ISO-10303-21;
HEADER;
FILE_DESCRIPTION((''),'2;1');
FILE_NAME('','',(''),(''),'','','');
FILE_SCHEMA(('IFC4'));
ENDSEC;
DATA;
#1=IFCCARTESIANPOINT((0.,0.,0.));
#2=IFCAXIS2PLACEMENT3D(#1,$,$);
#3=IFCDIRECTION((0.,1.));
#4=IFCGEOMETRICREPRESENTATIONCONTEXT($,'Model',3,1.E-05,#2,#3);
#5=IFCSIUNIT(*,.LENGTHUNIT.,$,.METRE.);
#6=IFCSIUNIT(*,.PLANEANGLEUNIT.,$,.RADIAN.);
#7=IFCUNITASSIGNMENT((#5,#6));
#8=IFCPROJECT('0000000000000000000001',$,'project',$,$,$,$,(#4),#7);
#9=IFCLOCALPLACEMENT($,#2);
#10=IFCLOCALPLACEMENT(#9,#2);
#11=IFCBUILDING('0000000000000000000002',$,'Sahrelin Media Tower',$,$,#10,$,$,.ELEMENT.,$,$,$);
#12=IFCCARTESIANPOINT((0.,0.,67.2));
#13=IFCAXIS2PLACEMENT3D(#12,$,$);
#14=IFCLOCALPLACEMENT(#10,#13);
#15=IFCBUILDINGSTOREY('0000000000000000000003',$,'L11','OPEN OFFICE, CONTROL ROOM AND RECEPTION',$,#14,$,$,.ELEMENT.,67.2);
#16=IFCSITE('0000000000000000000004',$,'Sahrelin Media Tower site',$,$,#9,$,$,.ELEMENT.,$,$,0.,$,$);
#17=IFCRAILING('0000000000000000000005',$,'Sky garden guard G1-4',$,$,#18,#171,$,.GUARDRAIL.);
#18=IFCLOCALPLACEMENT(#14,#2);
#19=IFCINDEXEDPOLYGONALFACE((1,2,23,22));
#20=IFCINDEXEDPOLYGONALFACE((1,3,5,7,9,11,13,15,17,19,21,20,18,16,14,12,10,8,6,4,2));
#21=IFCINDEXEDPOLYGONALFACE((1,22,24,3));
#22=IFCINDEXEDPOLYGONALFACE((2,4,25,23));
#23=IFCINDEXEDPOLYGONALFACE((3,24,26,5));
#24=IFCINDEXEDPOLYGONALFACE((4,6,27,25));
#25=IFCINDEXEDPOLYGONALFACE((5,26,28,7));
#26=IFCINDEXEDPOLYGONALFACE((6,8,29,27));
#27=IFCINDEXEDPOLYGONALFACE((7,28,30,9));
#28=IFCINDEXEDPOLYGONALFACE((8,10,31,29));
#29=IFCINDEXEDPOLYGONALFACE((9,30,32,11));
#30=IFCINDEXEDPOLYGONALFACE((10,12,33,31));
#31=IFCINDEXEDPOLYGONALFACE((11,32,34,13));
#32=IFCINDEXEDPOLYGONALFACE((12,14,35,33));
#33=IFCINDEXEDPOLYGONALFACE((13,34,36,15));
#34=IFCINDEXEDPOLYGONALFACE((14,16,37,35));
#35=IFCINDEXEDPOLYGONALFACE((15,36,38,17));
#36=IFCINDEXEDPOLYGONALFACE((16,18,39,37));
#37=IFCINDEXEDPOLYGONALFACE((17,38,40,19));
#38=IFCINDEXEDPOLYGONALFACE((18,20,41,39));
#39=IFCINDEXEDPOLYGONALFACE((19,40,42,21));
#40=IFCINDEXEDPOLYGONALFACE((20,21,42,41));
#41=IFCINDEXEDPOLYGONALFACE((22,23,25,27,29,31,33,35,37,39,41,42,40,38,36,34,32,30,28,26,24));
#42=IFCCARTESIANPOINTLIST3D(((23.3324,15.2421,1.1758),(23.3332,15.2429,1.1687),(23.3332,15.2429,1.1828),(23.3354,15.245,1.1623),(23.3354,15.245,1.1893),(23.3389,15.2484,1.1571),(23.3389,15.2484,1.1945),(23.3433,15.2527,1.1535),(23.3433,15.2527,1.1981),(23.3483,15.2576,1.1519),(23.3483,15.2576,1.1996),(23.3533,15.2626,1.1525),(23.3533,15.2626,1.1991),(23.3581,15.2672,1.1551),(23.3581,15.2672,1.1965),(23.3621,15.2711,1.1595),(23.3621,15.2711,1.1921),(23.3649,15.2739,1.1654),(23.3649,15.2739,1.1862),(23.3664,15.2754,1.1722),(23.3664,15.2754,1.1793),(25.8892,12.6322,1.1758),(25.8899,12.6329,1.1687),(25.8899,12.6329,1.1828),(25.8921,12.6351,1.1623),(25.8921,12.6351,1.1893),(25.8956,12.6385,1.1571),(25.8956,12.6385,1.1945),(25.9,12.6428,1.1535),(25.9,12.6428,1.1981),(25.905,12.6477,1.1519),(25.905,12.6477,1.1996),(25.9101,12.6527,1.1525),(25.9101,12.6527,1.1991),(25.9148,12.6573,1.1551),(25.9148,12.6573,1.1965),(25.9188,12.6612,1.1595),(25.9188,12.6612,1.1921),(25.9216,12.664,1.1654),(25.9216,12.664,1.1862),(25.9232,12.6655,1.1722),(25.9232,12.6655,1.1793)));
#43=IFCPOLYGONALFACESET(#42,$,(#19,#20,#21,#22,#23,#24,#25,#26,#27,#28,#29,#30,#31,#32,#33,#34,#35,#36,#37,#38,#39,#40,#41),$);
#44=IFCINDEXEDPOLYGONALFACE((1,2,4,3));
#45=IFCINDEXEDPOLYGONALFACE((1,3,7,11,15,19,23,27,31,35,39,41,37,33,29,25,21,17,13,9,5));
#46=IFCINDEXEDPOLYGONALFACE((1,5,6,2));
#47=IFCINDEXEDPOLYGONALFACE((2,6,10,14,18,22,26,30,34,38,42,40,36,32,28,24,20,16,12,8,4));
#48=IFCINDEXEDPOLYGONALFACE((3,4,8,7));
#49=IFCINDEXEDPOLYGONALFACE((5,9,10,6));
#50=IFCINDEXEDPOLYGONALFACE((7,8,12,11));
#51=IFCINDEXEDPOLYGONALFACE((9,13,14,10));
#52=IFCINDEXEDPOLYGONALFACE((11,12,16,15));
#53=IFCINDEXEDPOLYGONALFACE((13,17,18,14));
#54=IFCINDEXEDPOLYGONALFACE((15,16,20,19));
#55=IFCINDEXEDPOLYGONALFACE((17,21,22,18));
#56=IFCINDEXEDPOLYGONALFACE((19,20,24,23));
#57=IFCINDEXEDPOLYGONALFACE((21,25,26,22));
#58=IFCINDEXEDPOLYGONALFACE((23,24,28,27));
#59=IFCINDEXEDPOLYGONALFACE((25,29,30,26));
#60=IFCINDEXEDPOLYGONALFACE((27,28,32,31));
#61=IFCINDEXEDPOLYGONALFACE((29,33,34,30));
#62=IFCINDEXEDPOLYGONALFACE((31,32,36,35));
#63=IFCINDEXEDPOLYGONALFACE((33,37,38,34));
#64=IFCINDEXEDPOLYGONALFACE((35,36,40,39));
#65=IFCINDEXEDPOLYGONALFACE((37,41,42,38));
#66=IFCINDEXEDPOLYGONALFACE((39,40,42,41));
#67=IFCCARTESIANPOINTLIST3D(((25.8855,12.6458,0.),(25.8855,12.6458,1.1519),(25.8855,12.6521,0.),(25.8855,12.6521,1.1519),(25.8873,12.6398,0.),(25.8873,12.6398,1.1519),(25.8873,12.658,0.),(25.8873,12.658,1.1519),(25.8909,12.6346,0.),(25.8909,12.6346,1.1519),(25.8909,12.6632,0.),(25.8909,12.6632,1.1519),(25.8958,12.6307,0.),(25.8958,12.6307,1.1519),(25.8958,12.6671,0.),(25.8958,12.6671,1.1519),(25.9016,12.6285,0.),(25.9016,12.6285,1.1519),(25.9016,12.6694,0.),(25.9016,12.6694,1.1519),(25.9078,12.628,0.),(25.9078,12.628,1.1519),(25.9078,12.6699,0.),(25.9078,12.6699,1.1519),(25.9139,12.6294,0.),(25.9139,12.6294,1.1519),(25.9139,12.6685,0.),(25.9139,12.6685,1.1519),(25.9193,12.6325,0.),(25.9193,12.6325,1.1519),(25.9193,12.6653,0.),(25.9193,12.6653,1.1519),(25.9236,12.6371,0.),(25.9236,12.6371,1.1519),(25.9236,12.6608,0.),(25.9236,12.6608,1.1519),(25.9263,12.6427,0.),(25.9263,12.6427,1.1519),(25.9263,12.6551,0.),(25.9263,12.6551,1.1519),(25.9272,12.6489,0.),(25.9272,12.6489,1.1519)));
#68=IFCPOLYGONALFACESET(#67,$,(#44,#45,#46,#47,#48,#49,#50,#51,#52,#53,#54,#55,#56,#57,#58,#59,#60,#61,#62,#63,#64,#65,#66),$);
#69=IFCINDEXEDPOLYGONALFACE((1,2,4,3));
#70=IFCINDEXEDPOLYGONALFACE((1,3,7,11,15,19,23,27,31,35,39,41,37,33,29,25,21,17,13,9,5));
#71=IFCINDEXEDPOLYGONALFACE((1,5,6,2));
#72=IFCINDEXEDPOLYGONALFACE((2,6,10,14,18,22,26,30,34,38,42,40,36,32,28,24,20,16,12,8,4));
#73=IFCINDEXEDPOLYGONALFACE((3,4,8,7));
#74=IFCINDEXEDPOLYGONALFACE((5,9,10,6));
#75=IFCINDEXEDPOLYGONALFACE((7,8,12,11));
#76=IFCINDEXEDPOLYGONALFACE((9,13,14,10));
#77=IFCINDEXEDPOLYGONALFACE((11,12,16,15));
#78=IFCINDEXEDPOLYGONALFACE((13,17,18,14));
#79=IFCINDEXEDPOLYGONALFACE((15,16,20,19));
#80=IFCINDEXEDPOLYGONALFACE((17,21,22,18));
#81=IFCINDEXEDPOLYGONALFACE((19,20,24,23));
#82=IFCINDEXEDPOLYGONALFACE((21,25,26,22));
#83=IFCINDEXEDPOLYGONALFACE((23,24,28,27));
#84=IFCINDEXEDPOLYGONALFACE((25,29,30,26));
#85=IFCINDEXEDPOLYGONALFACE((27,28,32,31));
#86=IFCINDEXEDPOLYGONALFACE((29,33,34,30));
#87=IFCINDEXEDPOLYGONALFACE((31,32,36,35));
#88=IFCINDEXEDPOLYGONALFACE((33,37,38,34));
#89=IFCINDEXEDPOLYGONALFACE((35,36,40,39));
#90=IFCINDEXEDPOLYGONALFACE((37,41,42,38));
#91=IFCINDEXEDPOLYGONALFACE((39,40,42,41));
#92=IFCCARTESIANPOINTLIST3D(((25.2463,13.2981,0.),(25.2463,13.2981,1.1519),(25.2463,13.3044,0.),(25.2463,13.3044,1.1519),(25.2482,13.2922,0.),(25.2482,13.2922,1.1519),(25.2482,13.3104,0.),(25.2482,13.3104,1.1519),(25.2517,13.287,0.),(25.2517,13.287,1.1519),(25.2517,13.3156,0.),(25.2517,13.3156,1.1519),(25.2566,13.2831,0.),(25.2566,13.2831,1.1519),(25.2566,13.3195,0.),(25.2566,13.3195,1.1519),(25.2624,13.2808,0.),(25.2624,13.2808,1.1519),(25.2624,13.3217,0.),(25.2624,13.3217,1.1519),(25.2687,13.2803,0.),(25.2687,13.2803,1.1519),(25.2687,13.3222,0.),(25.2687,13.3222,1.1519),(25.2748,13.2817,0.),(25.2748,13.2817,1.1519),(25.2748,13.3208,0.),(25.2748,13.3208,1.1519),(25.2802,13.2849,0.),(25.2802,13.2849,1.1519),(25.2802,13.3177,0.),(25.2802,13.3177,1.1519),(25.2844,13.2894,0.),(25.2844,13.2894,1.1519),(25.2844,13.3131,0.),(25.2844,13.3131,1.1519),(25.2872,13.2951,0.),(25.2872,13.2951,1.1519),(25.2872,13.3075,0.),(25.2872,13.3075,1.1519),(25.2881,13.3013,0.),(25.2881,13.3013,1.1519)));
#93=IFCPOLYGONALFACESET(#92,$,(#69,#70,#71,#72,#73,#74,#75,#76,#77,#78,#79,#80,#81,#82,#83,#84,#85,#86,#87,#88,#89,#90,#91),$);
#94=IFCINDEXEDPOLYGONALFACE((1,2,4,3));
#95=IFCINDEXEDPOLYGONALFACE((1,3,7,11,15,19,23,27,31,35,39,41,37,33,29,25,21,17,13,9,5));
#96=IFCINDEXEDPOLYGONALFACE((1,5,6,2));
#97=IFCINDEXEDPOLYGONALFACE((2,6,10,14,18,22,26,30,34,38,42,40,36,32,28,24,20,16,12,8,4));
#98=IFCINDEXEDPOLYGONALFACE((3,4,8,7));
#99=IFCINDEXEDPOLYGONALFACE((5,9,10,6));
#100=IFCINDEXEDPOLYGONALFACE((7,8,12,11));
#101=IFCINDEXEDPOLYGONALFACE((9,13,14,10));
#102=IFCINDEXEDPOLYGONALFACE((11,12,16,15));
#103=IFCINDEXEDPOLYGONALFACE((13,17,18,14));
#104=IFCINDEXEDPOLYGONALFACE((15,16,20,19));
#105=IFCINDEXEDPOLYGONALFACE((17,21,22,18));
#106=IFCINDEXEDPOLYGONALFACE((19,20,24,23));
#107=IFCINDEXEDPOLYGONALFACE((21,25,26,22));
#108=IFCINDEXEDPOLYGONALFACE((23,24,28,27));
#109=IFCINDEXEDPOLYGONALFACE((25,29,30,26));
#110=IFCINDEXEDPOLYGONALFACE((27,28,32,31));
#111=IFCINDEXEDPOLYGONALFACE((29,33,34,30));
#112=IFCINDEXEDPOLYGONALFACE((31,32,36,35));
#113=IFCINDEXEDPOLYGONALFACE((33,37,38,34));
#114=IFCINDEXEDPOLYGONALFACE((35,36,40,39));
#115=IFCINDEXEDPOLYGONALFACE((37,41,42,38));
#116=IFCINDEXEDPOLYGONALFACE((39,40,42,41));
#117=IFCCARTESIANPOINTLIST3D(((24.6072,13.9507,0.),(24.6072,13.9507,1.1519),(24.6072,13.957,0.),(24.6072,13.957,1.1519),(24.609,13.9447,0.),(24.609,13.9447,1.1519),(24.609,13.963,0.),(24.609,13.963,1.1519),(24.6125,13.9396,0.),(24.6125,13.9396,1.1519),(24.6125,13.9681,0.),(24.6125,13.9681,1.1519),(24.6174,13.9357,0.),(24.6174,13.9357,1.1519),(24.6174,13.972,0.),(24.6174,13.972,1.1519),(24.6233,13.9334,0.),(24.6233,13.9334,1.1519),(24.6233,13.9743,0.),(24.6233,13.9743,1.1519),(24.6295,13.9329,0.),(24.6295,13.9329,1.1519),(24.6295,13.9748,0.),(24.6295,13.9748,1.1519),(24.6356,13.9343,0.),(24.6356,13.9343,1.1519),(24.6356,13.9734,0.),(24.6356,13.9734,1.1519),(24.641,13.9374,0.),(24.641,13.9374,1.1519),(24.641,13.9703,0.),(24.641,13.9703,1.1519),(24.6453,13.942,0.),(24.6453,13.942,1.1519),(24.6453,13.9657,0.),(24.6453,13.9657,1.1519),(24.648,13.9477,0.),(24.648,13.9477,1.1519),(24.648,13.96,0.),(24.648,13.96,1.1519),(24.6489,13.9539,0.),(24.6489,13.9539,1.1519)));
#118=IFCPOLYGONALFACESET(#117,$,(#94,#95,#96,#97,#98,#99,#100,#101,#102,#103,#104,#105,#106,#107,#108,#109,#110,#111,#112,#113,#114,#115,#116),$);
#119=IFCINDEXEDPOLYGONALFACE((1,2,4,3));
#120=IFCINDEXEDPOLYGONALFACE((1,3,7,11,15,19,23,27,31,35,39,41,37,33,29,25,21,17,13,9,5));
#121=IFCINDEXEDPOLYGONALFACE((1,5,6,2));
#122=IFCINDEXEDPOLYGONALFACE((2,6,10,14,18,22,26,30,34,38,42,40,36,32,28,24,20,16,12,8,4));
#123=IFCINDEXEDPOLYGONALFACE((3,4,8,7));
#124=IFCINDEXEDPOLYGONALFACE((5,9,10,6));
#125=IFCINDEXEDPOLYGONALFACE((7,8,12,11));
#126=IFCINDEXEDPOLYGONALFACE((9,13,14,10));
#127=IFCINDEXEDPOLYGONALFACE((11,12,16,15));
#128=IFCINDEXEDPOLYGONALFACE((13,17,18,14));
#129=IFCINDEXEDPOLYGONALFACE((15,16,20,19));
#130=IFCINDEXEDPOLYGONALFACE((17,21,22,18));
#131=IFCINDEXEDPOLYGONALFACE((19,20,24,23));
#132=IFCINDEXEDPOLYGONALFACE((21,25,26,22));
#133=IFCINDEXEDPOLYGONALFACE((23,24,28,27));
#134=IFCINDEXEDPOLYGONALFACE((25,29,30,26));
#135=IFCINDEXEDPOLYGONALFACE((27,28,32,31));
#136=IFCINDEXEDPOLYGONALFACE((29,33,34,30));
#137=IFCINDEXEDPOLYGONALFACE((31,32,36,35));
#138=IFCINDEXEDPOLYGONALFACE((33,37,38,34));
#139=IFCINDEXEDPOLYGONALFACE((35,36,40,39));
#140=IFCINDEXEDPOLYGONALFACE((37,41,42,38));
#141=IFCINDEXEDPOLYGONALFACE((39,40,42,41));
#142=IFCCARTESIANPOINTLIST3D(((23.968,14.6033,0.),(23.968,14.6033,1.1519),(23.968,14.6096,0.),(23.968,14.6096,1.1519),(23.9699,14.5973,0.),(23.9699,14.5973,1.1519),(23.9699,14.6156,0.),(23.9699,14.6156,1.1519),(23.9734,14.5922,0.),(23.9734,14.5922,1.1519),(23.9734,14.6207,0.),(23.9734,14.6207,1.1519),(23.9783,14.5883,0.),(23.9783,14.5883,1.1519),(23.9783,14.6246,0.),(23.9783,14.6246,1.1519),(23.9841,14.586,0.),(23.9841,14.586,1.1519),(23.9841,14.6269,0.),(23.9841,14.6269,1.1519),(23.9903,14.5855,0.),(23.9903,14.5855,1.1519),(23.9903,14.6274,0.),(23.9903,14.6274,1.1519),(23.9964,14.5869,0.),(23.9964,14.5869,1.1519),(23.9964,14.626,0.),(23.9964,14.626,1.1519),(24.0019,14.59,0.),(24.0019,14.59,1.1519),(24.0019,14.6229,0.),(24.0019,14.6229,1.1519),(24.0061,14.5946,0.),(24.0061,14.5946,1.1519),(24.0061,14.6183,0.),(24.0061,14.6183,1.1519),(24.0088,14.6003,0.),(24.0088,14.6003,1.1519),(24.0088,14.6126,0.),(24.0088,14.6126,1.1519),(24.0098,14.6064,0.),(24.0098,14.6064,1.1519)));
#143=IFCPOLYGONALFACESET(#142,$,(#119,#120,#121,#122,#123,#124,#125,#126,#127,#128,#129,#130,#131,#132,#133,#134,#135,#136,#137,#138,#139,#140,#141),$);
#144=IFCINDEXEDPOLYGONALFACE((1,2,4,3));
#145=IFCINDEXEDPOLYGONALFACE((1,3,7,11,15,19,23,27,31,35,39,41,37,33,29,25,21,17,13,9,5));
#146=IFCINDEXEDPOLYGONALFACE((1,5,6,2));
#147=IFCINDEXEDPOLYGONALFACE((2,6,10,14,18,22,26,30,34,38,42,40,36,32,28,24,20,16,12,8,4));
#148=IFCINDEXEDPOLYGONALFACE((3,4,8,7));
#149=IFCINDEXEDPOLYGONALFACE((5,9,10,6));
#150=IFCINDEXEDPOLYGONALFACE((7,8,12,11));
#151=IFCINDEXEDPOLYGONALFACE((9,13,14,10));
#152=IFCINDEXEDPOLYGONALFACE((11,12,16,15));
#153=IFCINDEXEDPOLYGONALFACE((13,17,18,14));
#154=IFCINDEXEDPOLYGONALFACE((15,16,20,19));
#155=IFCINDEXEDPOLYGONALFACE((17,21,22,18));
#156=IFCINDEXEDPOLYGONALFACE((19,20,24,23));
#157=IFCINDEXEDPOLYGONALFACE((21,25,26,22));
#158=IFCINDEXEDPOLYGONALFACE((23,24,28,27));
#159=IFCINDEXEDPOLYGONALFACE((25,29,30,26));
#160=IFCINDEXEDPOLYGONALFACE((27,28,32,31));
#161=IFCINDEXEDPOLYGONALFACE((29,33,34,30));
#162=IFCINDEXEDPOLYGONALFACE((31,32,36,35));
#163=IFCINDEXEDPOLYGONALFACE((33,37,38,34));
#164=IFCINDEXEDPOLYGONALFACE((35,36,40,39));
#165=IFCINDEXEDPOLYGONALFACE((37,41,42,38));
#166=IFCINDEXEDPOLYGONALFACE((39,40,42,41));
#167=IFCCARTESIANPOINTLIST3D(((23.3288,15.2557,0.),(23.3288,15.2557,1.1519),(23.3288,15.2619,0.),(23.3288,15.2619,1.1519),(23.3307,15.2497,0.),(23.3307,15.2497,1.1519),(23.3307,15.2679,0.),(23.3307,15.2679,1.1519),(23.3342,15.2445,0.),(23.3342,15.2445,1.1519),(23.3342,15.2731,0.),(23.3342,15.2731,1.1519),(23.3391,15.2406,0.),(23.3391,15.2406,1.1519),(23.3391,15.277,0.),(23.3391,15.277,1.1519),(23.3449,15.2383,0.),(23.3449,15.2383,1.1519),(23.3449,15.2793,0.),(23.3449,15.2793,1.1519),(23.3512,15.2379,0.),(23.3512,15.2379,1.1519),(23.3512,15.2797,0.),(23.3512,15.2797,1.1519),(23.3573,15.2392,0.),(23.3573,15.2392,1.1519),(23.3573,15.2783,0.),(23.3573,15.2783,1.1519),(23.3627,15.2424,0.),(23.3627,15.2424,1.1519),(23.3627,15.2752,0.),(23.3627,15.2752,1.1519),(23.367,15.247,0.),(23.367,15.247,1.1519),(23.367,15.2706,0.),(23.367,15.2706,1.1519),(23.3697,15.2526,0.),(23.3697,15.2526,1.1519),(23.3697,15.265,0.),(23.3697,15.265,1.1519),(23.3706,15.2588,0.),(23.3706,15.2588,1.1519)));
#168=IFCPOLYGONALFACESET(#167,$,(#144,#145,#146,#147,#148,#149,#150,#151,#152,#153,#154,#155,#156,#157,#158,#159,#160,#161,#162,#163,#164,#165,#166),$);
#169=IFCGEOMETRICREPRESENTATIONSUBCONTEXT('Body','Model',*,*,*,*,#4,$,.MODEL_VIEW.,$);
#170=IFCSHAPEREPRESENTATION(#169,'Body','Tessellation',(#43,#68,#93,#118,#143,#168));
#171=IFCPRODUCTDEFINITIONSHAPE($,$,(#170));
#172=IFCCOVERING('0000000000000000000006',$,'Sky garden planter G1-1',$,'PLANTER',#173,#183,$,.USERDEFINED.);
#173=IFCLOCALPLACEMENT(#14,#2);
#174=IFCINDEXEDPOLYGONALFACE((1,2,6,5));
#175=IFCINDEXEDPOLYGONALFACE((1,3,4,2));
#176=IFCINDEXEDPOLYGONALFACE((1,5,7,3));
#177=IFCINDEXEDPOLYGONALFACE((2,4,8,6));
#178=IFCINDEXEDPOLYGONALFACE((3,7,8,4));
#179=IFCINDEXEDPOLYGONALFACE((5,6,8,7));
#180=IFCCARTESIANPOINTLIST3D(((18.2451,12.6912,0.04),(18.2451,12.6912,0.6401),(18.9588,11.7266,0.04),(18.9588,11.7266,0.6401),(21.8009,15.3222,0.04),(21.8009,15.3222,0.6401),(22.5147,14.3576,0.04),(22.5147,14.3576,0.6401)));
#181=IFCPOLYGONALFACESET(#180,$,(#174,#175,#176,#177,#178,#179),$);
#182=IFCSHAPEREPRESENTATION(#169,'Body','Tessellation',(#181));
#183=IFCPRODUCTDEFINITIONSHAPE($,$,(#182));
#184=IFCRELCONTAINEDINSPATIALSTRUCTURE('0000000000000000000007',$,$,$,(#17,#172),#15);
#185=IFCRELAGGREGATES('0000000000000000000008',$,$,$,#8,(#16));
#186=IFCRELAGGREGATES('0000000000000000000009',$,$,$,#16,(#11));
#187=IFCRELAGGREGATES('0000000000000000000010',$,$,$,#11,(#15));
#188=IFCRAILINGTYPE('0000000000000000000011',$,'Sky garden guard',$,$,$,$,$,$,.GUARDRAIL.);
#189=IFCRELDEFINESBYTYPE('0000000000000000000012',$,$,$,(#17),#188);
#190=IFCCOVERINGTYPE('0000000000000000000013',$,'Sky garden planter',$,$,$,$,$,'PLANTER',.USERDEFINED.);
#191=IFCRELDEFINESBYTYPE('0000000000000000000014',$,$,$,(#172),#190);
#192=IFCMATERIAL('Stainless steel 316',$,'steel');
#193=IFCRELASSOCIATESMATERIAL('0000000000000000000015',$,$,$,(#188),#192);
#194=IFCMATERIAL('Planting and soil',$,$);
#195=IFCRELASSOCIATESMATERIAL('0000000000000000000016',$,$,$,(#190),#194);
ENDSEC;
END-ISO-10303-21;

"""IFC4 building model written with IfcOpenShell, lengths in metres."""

from ifc_helpers import new_model, si_unit, direction, frame, origin, origin_2d, place, context, subcontext, project, spatial, rectangle, circle, extrude, material, type_object, element, save


model = new_model("IFC4")

# Units and contexts
model_context = context("Model", 3, precision=1e-05, world=origin(), true_north=direction((0.0, 1.0)))
body_context = subcontext(model_context, "Body", "Model", "MODEL_VIEW")
ifc_project = project(units=[si_unit("LENGTHUNIT", "METRE"), si_unit("PLANEANGLEUNIT", "RADIAN")], contexts=[model_context])

# Site, building, storey
site_placement = place(None, origin())
site = spatial("IfcSite", under=ifc_project, at=site_placement, Name="Sahrelin Media Tower site", CompositionType="ELEMENT", RefElevation=0.0)
building_placement = place(site_placement, origin())
building = spatial("IfcBuilding", under=site, at=building_placement, Name="Sahrelin Media Tower", CompositionType="ELEMENT")
storey_placement = place(building_placement, frame((0.0, 0.0, 67.2)))
storey = spatial("IfcBuildingStorey", under=building, at=storey_placement, Name="L11", Description="OPEN OFFICE, CONTROL ROOM AND RECEPTION", CompositionType="ELEMENT", Elevation=67.2)

# Railing
ifc_material_1 = material(Name="Stainless steel 316", Category="steel")
railing_type = type_object("IfcRailingType", Name="Sky garden guard", PredefinedType="GUARDRAIL", material=ifc_material_1)
railing_placement = place(storey_placement, frame((25.9062, 12.6489, 0.0)))
element("IfcRailing", 1, at=railing_placement, inside=storey, type_object=railing_type, Name="Sky garden guard G1-4", PredefinedType="GUARDRAIL", context=body_context, shape_type="SweptSolid", body=[
    extrude(circle(Radius=0.0239, at=origin_2d()), frame((0.0, 0.0, 1.1758), z_axis=(-0.699785, 0.714353, 0.0), x_axis=(-0.714353, -0.699785, 0.0)), (0.0, 0.0, 1.0), 3.6536),
    extrude(circle(Radius=0.021, at=origin_2d()), origin(), (0.0, 0.0, 1.0), 1.1519),
    extrude(circle(Radius=0.021, at=origin_2d()), frame((-0.6392, 0.6523, 0.0)), (0.0, 0.0, 1.0), 1.1519),
    extrude(circle(Radius=0.021, at=origin_2d()), frame((-1.2783, 1.3049, 0.0)), (0.0, 0.0, 1.0), 1.1519),
    extrude(circle(Radius=0.021, at=origin_2d()), frame((-1.9175, 1.9575, 0.0)), (0.0, 0.0, 1.0), 1.1519),
    extrude(circle(Radius=0.021, at=origin_2d()), frame((-2.5566, 2.6099, 0.0)), (0.0, 0.0, 1.0), 1.1519),
])

# Covering
ifc_material_2 = material(Name="Planting and soil")
covering_type = type_object("IfcCoveringType", Name="Sky garden planter", ElementType="PLANTER", PredefinedType="USERDEFINED", material=ifc_material_2)
covering_placement = place(storey_placement, frame((20.3799, 13.5244, 0.04), z_axis=(0.0, 0.0, 1.0), x_axis=(0.803877, 0.594796, 0.0)))
element("IfcCovering", 2, at=covering_placement, inside=storey, type_object=covering_type, Name="Sky garden planter G1-1", ObjectType="PLANTER", PredefinedType="USERDEFINED", context=body_context, shape_type="SweptSolid", body=[
    extrude(rectangle(XDim=4.4233, YDim=1.2, at=origin_2d()), origin(), (0.0, 0.0, 1.0), 0.6001),
])

save(model, "model.ifc")
